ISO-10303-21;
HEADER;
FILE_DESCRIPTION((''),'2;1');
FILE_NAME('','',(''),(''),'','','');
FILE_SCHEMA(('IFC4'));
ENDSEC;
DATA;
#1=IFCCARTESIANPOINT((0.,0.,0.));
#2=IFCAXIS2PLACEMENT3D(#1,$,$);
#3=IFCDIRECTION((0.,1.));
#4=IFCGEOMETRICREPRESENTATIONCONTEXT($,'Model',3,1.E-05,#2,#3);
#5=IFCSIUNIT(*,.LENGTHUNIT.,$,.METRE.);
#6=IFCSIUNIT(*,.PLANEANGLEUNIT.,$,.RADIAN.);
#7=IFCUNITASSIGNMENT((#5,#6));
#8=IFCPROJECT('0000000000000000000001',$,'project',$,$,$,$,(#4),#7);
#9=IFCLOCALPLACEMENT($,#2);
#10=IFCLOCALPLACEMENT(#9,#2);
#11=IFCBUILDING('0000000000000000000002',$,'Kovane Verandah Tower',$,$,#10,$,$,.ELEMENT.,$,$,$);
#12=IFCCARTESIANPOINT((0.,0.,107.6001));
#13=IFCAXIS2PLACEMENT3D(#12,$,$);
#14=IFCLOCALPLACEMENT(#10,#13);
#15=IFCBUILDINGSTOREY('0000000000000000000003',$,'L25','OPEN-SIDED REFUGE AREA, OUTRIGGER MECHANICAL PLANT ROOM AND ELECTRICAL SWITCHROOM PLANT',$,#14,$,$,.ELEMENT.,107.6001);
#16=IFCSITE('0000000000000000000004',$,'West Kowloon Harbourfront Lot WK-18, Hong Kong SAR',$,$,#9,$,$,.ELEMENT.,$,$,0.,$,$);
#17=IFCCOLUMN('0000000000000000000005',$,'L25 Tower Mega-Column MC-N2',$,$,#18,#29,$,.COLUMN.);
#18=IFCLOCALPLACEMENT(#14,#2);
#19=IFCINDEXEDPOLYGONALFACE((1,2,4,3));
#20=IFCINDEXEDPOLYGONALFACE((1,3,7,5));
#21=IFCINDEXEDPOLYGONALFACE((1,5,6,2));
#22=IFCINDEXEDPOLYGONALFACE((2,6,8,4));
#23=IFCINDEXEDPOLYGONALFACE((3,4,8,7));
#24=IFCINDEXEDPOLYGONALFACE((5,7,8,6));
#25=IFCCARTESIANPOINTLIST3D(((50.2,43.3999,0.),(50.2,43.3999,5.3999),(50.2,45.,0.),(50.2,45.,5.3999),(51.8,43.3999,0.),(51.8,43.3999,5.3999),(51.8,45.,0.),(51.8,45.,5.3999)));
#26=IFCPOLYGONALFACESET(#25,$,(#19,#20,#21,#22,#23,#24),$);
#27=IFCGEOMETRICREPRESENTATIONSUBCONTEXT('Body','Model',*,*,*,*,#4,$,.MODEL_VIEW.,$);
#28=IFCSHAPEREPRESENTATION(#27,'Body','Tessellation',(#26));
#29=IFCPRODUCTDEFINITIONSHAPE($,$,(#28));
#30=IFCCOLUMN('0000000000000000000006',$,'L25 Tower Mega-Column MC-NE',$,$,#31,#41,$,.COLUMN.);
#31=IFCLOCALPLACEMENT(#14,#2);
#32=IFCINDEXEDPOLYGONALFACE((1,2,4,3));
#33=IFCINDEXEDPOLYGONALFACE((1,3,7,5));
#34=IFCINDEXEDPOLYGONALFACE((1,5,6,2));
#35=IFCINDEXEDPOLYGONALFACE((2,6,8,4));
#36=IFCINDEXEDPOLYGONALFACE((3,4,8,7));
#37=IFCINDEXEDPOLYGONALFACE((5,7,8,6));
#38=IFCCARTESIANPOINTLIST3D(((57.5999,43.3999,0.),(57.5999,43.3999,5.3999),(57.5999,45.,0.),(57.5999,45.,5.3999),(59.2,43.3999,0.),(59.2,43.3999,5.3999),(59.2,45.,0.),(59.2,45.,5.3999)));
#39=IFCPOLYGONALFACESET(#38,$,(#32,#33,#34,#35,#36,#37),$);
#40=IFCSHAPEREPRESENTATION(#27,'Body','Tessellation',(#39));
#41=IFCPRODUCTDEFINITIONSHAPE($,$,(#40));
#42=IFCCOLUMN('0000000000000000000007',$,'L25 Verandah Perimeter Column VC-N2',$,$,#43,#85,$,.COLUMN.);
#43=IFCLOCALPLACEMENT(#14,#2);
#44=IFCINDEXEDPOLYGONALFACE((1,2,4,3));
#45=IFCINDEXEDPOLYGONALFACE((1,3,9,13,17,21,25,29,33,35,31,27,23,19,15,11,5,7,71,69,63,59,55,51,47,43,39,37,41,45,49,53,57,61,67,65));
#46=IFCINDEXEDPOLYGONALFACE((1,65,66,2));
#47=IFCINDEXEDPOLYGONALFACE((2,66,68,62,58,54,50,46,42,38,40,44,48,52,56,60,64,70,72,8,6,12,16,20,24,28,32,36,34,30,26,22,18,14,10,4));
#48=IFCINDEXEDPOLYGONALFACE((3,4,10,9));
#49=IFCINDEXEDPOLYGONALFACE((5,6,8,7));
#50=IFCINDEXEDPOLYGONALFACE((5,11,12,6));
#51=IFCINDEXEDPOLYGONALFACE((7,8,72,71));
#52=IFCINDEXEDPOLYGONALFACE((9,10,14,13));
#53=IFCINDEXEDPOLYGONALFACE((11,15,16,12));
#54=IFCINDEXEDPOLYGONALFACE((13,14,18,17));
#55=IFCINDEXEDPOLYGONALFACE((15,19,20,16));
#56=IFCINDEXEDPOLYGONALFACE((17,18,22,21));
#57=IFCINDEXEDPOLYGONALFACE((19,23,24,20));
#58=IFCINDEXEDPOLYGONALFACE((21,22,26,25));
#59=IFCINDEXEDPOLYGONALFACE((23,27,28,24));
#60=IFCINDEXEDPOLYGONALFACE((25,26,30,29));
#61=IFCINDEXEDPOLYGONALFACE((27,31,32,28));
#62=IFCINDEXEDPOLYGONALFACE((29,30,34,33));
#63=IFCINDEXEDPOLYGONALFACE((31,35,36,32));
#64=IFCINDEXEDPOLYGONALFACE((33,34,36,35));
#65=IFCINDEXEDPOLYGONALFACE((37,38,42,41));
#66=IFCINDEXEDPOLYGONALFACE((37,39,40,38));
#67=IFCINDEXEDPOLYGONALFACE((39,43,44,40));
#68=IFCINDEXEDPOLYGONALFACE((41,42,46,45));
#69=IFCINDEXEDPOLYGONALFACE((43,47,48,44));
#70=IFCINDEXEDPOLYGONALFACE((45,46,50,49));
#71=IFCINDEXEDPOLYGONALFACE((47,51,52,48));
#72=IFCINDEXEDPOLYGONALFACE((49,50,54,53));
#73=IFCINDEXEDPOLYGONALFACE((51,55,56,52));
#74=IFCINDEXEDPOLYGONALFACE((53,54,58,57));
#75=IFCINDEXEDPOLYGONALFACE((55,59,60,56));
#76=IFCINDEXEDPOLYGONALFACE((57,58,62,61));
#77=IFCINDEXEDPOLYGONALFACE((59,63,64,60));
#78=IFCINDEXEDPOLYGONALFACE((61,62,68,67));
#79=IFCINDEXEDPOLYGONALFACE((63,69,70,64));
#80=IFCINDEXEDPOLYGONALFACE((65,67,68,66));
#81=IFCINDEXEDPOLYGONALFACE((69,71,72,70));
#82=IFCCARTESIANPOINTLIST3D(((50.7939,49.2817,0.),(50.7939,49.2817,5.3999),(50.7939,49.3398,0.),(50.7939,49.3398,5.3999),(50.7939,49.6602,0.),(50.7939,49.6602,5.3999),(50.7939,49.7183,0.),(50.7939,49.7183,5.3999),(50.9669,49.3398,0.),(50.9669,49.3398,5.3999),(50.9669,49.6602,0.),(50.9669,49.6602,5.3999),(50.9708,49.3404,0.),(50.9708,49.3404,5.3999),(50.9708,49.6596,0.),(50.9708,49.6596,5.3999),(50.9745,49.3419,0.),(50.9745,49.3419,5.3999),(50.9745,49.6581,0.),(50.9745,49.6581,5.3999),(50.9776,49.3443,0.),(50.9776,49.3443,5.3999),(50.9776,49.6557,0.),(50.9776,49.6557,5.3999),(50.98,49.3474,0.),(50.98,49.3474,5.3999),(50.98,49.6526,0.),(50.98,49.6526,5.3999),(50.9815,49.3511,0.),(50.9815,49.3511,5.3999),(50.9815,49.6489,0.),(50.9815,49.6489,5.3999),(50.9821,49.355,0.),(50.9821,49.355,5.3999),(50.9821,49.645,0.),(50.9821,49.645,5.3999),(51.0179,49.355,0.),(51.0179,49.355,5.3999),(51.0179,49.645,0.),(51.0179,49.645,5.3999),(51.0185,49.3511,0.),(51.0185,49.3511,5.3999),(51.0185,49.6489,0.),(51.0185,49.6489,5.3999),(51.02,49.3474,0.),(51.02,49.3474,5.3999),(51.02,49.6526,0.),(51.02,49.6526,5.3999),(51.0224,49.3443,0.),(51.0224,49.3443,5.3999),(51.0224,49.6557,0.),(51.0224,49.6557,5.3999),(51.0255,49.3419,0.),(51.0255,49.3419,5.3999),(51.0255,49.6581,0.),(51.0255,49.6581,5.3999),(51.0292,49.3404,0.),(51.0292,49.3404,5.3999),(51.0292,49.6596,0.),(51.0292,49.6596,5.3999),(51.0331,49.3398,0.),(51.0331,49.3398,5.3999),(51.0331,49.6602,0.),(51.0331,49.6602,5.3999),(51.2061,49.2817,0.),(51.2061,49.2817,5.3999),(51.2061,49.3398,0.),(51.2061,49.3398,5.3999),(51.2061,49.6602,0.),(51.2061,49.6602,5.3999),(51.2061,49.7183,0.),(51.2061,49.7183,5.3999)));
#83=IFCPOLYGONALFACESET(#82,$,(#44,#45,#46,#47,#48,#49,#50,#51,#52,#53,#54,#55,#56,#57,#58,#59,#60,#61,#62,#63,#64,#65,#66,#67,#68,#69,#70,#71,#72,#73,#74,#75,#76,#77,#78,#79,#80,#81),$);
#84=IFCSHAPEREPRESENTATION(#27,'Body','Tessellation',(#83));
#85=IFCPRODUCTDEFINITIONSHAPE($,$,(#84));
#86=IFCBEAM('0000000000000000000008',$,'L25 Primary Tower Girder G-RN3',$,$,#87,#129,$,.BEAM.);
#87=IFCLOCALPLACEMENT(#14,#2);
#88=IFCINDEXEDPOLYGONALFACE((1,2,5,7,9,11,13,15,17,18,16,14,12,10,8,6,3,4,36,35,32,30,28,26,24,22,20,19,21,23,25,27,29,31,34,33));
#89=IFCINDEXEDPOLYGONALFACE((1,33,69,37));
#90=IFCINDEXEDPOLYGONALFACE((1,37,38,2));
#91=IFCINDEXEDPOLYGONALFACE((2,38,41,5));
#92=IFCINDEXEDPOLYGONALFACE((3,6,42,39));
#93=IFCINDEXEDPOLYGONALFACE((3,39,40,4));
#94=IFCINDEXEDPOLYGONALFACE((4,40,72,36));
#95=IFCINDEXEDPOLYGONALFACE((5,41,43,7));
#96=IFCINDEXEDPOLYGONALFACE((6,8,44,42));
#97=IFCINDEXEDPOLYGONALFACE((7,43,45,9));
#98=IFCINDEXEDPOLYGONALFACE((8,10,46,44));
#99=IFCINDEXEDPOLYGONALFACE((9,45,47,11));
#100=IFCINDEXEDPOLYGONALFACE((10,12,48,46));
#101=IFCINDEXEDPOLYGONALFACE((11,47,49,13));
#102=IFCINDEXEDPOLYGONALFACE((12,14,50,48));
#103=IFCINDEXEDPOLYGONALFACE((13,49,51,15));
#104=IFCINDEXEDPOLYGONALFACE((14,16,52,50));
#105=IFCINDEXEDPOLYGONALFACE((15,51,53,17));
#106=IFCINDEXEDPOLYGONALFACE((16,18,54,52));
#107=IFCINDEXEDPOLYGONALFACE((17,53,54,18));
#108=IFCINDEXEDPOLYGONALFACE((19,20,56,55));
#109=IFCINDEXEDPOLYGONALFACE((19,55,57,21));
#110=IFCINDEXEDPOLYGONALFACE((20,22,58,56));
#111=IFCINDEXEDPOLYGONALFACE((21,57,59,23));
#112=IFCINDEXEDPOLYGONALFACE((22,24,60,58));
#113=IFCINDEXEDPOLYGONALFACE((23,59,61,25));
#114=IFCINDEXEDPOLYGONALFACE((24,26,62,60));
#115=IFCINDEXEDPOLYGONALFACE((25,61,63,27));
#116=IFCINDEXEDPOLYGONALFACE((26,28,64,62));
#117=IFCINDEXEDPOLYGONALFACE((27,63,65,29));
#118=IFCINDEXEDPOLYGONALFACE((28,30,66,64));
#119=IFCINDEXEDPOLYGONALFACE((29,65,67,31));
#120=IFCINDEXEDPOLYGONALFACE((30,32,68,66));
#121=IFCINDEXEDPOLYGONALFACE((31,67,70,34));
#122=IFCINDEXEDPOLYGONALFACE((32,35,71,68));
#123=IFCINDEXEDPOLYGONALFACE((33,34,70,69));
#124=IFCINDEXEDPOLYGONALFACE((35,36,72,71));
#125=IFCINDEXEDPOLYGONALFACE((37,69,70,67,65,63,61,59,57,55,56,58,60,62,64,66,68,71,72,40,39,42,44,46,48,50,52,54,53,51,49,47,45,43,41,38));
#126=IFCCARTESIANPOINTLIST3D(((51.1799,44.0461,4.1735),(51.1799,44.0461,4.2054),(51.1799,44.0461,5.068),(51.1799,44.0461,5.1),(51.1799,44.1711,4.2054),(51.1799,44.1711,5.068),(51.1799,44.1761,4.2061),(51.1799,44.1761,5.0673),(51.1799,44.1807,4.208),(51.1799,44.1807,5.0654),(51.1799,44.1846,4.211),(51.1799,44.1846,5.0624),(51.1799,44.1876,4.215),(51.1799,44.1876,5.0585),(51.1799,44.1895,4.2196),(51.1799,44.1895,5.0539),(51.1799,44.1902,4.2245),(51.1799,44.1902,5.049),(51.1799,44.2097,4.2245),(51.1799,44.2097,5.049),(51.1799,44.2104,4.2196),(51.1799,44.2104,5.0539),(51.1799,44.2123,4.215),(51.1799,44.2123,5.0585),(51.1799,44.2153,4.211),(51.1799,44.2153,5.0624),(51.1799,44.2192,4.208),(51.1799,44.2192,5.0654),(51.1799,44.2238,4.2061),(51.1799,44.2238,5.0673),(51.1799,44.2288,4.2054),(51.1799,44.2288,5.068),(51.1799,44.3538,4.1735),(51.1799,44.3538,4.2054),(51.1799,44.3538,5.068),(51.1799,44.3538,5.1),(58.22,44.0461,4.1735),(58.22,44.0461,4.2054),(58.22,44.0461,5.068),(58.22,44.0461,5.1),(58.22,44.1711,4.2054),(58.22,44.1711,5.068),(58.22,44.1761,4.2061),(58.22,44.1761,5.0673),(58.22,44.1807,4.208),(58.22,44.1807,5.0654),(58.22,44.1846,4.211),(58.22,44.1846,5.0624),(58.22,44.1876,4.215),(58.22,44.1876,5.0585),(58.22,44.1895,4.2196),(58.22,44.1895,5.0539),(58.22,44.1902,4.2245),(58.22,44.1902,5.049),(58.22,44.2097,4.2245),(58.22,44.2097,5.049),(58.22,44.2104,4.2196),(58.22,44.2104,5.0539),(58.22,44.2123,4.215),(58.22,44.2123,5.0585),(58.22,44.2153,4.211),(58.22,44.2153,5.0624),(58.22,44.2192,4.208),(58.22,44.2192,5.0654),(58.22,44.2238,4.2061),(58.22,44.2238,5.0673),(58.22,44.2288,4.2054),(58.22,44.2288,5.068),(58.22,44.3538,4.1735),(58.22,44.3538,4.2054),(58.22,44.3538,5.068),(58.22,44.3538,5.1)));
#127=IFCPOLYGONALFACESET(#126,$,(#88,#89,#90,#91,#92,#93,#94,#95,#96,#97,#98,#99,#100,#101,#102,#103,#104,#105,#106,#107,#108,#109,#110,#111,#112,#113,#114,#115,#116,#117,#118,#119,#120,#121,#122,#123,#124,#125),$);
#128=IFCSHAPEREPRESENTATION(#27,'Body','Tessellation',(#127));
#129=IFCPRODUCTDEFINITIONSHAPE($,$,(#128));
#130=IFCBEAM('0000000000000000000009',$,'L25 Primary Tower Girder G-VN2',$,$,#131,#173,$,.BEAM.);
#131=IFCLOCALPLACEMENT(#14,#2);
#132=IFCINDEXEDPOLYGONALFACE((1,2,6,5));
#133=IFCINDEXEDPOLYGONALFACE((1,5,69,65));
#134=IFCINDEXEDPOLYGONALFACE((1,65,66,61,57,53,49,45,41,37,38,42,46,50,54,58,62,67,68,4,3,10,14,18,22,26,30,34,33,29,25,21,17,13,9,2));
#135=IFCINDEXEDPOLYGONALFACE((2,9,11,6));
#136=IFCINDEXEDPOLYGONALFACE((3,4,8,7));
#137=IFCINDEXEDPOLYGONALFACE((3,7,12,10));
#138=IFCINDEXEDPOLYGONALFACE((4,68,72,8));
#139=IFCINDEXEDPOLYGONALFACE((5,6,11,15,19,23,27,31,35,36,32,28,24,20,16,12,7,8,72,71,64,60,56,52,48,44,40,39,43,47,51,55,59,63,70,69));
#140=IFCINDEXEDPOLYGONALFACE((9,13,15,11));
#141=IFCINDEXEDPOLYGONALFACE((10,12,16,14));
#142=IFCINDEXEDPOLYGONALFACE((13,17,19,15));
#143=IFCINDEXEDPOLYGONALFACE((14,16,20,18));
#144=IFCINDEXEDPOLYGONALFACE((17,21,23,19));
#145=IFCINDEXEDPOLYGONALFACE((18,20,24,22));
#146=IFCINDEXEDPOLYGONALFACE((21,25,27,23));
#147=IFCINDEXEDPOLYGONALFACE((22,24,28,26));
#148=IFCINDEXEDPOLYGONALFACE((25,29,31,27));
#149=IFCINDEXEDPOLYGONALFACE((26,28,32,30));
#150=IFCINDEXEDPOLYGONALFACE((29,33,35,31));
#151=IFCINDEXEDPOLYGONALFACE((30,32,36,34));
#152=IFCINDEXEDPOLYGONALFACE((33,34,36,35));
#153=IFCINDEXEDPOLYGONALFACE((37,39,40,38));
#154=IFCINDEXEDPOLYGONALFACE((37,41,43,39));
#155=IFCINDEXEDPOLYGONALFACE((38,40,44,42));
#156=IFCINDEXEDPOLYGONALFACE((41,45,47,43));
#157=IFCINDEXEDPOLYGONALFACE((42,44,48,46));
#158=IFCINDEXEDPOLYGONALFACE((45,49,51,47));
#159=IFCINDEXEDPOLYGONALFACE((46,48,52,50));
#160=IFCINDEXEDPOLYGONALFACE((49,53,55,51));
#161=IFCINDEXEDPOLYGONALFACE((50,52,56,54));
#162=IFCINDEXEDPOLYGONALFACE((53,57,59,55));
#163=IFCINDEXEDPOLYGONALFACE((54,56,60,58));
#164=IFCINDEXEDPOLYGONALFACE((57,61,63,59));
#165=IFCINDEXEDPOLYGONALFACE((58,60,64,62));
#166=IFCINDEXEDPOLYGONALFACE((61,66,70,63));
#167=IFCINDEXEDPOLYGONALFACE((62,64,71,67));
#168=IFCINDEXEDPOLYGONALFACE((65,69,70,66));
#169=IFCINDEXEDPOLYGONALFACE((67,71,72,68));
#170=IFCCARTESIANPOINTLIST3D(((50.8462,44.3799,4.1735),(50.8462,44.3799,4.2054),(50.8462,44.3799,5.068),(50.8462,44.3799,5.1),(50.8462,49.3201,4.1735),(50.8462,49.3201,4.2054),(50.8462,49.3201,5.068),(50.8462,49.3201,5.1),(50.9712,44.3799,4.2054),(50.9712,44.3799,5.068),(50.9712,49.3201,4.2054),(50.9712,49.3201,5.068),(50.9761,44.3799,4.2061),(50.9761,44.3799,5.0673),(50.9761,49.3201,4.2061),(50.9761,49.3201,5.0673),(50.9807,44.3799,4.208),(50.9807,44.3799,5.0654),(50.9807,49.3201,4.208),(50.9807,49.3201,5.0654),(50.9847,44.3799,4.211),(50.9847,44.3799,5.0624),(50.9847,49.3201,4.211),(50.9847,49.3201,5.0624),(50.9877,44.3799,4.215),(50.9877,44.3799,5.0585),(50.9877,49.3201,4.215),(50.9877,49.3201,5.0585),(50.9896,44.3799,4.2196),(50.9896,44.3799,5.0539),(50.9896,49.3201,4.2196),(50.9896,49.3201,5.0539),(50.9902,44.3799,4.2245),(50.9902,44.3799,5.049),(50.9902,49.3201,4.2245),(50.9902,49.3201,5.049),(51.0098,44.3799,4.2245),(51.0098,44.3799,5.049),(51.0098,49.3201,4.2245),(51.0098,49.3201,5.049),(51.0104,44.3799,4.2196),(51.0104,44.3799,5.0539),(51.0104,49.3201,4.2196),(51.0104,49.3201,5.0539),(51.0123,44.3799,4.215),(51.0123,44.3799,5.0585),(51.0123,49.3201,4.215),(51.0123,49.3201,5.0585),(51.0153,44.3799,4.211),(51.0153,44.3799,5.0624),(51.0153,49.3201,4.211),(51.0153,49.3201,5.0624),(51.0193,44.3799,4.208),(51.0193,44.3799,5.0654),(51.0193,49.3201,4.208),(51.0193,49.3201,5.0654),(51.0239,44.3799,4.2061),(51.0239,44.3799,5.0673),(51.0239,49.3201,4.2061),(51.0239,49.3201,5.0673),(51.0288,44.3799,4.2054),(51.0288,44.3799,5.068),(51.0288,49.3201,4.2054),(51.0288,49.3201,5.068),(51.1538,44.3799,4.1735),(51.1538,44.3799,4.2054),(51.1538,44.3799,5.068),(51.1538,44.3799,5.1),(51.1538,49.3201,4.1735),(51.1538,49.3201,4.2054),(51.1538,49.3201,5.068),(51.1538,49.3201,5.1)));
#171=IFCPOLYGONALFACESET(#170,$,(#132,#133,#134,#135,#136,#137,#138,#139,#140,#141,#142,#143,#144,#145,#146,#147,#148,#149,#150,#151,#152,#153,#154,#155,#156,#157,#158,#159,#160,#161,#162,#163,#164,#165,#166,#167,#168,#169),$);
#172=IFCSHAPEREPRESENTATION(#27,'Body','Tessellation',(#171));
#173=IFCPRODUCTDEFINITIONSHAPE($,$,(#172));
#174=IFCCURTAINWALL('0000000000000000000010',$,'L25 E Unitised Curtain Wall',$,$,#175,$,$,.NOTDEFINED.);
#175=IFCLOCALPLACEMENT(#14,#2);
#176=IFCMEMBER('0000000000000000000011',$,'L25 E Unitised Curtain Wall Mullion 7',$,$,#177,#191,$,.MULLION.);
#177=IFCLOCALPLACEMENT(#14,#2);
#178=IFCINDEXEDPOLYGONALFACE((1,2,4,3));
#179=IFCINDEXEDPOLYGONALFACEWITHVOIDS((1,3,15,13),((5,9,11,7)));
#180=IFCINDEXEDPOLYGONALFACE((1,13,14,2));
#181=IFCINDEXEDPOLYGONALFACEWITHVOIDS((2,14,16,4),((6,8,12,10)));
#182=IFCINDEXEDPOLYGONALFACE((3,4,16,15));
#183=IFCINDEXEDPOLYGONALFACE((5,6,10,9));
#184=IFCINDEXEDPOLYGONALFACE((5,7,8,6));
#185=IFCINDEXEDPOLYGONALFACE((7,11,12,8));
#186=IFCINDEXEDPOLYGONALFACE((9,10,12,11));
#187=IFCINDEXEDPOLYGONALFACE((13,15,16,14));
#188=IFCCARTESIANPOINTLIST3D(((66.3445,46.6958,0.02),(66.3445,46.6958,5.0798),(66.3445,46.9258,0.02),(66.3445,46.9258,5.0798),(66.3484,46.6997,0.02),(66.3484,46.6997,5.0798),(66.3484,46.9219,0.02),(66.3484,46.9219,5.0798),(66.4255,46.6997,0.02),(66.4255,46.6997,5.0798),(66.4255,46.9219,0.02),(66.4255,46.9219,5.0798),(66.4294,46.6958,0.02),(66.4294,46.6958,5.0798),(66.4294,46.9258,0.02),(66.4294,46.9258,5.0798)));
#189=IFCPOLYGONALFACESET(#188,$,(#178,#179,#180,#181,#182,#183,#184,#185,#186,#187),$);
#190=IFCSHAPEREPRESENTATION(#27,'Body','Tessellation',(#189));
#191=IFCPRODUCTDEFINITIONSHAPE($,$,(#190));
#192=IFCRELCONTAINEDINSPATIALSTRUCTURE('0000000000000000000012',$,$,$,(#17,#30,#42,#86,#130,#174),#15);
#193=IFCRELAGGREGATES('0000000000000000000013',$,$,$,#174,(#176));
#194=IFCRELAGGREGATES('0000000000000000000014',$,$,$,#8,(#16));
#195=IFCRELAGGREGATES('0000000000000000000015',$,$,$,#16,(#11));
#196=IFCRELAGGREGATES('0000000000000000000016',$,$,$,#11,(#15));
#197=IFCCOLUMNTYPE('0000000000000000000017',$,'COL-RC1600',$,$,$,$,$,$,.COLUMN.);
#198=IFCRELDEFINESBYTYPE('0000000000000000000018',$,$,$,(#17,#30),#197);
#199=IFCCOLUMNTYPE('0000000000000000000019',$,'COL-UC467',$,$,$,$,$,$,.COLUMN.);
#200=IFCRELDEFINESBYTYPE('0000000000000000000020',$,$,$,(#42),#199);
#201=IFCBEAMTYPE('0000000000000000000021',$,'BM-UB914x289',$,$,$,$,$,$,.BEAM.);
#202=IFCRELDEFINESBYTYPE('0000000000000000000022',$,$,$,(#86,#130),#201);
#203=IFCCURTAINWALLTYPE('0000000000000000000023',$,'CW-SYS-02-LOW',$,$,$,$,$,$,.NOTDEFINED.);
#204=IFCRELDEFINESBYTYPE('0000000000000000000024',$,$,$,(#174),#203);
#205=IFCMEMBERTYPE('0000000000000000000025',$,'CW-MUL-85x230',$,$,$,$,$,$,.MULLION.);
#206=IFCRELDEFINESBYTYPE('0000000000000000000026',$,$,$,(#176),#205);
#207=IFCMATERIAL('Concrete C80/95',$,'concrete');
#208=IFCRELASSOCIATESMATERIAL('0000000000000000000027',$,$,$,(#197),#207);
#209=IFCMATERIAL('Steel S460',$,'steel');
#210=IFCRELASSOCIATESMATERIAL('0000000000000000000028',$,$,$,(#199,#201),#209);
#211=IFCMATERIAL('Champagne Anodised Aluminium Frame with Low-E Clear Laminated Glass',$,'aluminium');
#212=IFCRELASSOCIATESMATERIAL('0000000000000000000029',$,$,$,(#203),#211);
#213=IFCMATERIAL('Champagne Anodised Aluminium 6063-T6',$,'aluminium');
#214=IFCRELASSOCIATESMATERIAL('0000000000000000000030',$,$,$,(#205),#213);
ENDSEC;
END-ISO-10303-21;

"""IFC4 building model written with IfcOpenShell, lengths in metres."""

from ifc_helpers import new_model, si_unit, direction, frame, origin, origin_2d, place, context, subcontext, project, spatial, rectangle, hollow_rectangle, i_section, extrude, material, material_profile, profile_set, type_object, element, aggregate, save


model = new_model("IFC4")

# Units and contexts
model_context = context("Model", 3, precision=1e-05, world=origin(), true_north=direction((0.0, 1.0)))
body_context = subcontext(model_context, "Body", "Model", "MODEL_VIEW")
ifc_project = project(units=[si_unit("LENGTHUNIT", "METRE"), si_unit("PLANEANGLEUNIT", "RADIAN")], contexts=[model_context])

# Site, building, storey
site_placement = place(None, origin())
site = spatial("IfcSite", under=ifc_project, at=site_placement, Name="West Kowloon Harbourfront Lot WK-18, Hong Kong SAR", CompositionType="ELEMENT", RefElevation=0.0)
building_placement = place(site_placement, origin())
building = spatial("IfcBuilding", under=site, at=building_placement, Name="Kovane Verandah Tower", CompositionType="ELEMENT")
storey_placement = place(building_placement, frame((0.0, 0.0, 107.6001)))
storey = spatial("IfcBuildingStorey", under=building, at=storey_placement, Name="L25", Description="OPEN-SIDED REFUGE AREA, OUTRIGGER MECHANICAL PLANT ROOM AND ELECTRICAL SWITCHROOM PLANT", CompositionType="ELEMENT", Elevation=107.6001)

# Columns
ifc_material_1 = material(Name="Concrete C80/95", Category="concrete")
ifc_material_profile_1 = material_profile(ifc_material_1, rectangle(XDim=1.6001, YDim=1.6001, at=origin_2d()), Name="RC1600x1600")
ifc_profile_set_1 = profile_set([ifc_material_profile_1], Name="Concrete C80/95")
column_type_1 = type_object("IfcColumnType", Name="COL-RC1600", PredefinedType="COLUMN", material=ifc_profile_set_1)
for number, where, z_axis, x_axis, name in (
    (1, (51.0, 44.2, 0.0), (0.0, 0.0, 1.0), (1.0, 0.0, 0.0), "L25 Tower Mega-Column MC-N2"),
    (2, (58.3999, 44.2, 0.0), (0.0, 0.0, 1.0), (1.0, 0.0, 0.0), "L25 Tower Mega-Column MC-NE"),
):
    element("IfcColumn", number, at=place(storey_placement, frame(where, z_axis=z_axis, x_axis=x_axis)), inside=storey, type_object=column_type_1, Name=name, PredefinedType="COLUMN", context=body_context, shape_type="SweptSolid", body=[
        extrude(rectangle(XDim=1.6001, YDim=1.6001, at=origin_2d()), origin(), (0.0, 0.0, 1.0), 5.3999),
    ])
ifc_material_2 = material(Name="Steel S460", Category="steel")
ifc_material_profile_2 = material_profile(ifc_material_2, i_section(OverallWidth=0.4121, OverallDepth=0.4365, WebThickness=0.0359, FlangeThickness=0.0581, FilletRadius=0.0151, at=origin_2d()), Name="UC356x406x467")
ifc_profile_set_2 = profile_set([ifc_material_profile_2], Name="Steel S460")
column_type_2 = type_object("IfcColumnType", Name="COL-UC467", PredefinedType="COLUMN", material=ifc_profile_set_2)
column_placement = place(storey_placement, frame((51.0, 49.5, 0.0), z_axis=(0.0, 0.0, 1.0), x_axis=(1.0, 0.0, 0.0)))
element("IfcColumn", 3, at=column_placement, inside=storey, type_object=column_type_2, Name="L25 Verandah Perimeter Column VC-N2", PredefinedType="COLUMN", context=body_context, shape_type="SweptSolid", body=[
    extrude(i_section(OverallWidth=0.4121, OverallDepth=0.4365, WebThickness=0.0359, FlangeThickness=0.0581, FilletRadius=0.0151, at=origin_2d()), origin(), (0.0, 0.0, 1.0), 5.3999),
])

# Beams
ifc_material_profile_3 = material_profile(ifc_material_2, i_section(OverallWidth=0.3076, OverallDepth=0.9265, WebThickness=0.0195, FlangeThickness=0.032, FilletRadius=0.019, at=origin_2d()), Name="UB914x305x289")
ifc_profile_set_3 = profile_set([ifc_material_profile_3], Name="Steel S460")
beam_type = type_object("IfcBeamType", Name="BM-UB914x289", PredefinedType="BEAM", material=ifc_profile_set_3)
beam_1_placement = place(storey_placement, frame((51.1799, 44.2, 4.6367), z_axis=(1.0, 0.0, 0.0), x_axis=(0.0, 1.0, 0.0)))
element("IfcBeam", 4, at=beam_1_placement, inside=storey, type_object=beam_type, Name="L25 Primary Tower Girder G-RN3", PredefinedType="BEAM", context=body_context, shape_type="SweptSolid", body=[
    extrude(i_section(OverallWidth=0.3076, OverallDepth=0.9265, WebThickness=0.0195, FlangeThickness=0.032, FilletRadius=0.019, at=origin_2d()), origin(), (0.0, 0.0, 1.0), 7.04),
])
beam_2_placement = place(storey_placement, frame((51.0, 44.3799, 4.6367), z_axis=(0.0, 1.0, 0.0), x_axis=(-1.0, 0.0, 0.0)))
element("IfcBeam", 5, at=beam_2_placement, inside=storey, type_object=beam_type, Name="L25 Primary Tower Girder G-VN2", PredefinedType="BEAM", context=body_context, shape_type="SweptSolid", body=[
    extrude(i_section(OverallWidth=0.3076, OverallDepth=0.9265, WebThickness=0.0195, FlangeThickness=0.032, FilletRadius=0.019, at=origin_2d()), origin(), (0.0, 0.0, 1.0), 4.9402),
])

# Curtain wall, member
ifc_material_3 = material(Name="Champagne Anodised Aluminium Frame with Low-E Clear Laminated Glass", Category="aluminium")
curtain_wall_type = type_object("IfcCurtainWallType", Name="CW-SYS-02-LOW", PredefinedType="NOTDEFINED", material=ifc_material_3)
curtain_wall_1_placement = place(storey_placement, origin())
curtain_wall_1 = element("IfcCurtainWall", 6, at=curtain_wall_1_placement, inside=storey, type_object=curtain_wall_type, Name="L25 E Unitised Curtain Wall", PredefinedType="NOTDEFINED")
ifc_material_4 = material(Name="Champagne Anodised Aluminium 6063-T6", Category="aluminium")
ifc_material_profile_4 = material_profile(ifc_material_4, hollow_rectangle(XDim=0.085, YDim=0.23, WallThickness=0.0039, at=origin_2d()), Name="AL85x230x4")
ifc_profile_set_4 = profile_set([ifc_material_profile_4], Name="Champagne Anodised Aluminium 6063-T6")
member_type_1 = type_object("IfcMemberType", Name="CW-MUL-85x230", PredefinedType="MULLION", material=ifc_profile_set_4)
member_1_placement = place(storey_placement, frame((66.387, 46.8108, 0.02), z_axis=(0.0, 0.0, 1.0), x_axis=(1.0, 0.0, 0.0)))
member_1 = element("IfcMember", 7, at=member_1_placement, type_object=member_type_1, Name="L25 E Unitised Curtain Wall Mullion 7", PredefinedType="MULLION", context=body_context, shape_type="SweptSolid", body=[
    extrude(hollow_rectangle(XDim=0.085, YDim=0.23, WallThickness=0.0039, at=origin_2d()), origin(), (0.0, 0.0, 1.0), 5.0598),
])

aggregate(curtain_wall_1, [member_1])

save(model, "model.ifc")
